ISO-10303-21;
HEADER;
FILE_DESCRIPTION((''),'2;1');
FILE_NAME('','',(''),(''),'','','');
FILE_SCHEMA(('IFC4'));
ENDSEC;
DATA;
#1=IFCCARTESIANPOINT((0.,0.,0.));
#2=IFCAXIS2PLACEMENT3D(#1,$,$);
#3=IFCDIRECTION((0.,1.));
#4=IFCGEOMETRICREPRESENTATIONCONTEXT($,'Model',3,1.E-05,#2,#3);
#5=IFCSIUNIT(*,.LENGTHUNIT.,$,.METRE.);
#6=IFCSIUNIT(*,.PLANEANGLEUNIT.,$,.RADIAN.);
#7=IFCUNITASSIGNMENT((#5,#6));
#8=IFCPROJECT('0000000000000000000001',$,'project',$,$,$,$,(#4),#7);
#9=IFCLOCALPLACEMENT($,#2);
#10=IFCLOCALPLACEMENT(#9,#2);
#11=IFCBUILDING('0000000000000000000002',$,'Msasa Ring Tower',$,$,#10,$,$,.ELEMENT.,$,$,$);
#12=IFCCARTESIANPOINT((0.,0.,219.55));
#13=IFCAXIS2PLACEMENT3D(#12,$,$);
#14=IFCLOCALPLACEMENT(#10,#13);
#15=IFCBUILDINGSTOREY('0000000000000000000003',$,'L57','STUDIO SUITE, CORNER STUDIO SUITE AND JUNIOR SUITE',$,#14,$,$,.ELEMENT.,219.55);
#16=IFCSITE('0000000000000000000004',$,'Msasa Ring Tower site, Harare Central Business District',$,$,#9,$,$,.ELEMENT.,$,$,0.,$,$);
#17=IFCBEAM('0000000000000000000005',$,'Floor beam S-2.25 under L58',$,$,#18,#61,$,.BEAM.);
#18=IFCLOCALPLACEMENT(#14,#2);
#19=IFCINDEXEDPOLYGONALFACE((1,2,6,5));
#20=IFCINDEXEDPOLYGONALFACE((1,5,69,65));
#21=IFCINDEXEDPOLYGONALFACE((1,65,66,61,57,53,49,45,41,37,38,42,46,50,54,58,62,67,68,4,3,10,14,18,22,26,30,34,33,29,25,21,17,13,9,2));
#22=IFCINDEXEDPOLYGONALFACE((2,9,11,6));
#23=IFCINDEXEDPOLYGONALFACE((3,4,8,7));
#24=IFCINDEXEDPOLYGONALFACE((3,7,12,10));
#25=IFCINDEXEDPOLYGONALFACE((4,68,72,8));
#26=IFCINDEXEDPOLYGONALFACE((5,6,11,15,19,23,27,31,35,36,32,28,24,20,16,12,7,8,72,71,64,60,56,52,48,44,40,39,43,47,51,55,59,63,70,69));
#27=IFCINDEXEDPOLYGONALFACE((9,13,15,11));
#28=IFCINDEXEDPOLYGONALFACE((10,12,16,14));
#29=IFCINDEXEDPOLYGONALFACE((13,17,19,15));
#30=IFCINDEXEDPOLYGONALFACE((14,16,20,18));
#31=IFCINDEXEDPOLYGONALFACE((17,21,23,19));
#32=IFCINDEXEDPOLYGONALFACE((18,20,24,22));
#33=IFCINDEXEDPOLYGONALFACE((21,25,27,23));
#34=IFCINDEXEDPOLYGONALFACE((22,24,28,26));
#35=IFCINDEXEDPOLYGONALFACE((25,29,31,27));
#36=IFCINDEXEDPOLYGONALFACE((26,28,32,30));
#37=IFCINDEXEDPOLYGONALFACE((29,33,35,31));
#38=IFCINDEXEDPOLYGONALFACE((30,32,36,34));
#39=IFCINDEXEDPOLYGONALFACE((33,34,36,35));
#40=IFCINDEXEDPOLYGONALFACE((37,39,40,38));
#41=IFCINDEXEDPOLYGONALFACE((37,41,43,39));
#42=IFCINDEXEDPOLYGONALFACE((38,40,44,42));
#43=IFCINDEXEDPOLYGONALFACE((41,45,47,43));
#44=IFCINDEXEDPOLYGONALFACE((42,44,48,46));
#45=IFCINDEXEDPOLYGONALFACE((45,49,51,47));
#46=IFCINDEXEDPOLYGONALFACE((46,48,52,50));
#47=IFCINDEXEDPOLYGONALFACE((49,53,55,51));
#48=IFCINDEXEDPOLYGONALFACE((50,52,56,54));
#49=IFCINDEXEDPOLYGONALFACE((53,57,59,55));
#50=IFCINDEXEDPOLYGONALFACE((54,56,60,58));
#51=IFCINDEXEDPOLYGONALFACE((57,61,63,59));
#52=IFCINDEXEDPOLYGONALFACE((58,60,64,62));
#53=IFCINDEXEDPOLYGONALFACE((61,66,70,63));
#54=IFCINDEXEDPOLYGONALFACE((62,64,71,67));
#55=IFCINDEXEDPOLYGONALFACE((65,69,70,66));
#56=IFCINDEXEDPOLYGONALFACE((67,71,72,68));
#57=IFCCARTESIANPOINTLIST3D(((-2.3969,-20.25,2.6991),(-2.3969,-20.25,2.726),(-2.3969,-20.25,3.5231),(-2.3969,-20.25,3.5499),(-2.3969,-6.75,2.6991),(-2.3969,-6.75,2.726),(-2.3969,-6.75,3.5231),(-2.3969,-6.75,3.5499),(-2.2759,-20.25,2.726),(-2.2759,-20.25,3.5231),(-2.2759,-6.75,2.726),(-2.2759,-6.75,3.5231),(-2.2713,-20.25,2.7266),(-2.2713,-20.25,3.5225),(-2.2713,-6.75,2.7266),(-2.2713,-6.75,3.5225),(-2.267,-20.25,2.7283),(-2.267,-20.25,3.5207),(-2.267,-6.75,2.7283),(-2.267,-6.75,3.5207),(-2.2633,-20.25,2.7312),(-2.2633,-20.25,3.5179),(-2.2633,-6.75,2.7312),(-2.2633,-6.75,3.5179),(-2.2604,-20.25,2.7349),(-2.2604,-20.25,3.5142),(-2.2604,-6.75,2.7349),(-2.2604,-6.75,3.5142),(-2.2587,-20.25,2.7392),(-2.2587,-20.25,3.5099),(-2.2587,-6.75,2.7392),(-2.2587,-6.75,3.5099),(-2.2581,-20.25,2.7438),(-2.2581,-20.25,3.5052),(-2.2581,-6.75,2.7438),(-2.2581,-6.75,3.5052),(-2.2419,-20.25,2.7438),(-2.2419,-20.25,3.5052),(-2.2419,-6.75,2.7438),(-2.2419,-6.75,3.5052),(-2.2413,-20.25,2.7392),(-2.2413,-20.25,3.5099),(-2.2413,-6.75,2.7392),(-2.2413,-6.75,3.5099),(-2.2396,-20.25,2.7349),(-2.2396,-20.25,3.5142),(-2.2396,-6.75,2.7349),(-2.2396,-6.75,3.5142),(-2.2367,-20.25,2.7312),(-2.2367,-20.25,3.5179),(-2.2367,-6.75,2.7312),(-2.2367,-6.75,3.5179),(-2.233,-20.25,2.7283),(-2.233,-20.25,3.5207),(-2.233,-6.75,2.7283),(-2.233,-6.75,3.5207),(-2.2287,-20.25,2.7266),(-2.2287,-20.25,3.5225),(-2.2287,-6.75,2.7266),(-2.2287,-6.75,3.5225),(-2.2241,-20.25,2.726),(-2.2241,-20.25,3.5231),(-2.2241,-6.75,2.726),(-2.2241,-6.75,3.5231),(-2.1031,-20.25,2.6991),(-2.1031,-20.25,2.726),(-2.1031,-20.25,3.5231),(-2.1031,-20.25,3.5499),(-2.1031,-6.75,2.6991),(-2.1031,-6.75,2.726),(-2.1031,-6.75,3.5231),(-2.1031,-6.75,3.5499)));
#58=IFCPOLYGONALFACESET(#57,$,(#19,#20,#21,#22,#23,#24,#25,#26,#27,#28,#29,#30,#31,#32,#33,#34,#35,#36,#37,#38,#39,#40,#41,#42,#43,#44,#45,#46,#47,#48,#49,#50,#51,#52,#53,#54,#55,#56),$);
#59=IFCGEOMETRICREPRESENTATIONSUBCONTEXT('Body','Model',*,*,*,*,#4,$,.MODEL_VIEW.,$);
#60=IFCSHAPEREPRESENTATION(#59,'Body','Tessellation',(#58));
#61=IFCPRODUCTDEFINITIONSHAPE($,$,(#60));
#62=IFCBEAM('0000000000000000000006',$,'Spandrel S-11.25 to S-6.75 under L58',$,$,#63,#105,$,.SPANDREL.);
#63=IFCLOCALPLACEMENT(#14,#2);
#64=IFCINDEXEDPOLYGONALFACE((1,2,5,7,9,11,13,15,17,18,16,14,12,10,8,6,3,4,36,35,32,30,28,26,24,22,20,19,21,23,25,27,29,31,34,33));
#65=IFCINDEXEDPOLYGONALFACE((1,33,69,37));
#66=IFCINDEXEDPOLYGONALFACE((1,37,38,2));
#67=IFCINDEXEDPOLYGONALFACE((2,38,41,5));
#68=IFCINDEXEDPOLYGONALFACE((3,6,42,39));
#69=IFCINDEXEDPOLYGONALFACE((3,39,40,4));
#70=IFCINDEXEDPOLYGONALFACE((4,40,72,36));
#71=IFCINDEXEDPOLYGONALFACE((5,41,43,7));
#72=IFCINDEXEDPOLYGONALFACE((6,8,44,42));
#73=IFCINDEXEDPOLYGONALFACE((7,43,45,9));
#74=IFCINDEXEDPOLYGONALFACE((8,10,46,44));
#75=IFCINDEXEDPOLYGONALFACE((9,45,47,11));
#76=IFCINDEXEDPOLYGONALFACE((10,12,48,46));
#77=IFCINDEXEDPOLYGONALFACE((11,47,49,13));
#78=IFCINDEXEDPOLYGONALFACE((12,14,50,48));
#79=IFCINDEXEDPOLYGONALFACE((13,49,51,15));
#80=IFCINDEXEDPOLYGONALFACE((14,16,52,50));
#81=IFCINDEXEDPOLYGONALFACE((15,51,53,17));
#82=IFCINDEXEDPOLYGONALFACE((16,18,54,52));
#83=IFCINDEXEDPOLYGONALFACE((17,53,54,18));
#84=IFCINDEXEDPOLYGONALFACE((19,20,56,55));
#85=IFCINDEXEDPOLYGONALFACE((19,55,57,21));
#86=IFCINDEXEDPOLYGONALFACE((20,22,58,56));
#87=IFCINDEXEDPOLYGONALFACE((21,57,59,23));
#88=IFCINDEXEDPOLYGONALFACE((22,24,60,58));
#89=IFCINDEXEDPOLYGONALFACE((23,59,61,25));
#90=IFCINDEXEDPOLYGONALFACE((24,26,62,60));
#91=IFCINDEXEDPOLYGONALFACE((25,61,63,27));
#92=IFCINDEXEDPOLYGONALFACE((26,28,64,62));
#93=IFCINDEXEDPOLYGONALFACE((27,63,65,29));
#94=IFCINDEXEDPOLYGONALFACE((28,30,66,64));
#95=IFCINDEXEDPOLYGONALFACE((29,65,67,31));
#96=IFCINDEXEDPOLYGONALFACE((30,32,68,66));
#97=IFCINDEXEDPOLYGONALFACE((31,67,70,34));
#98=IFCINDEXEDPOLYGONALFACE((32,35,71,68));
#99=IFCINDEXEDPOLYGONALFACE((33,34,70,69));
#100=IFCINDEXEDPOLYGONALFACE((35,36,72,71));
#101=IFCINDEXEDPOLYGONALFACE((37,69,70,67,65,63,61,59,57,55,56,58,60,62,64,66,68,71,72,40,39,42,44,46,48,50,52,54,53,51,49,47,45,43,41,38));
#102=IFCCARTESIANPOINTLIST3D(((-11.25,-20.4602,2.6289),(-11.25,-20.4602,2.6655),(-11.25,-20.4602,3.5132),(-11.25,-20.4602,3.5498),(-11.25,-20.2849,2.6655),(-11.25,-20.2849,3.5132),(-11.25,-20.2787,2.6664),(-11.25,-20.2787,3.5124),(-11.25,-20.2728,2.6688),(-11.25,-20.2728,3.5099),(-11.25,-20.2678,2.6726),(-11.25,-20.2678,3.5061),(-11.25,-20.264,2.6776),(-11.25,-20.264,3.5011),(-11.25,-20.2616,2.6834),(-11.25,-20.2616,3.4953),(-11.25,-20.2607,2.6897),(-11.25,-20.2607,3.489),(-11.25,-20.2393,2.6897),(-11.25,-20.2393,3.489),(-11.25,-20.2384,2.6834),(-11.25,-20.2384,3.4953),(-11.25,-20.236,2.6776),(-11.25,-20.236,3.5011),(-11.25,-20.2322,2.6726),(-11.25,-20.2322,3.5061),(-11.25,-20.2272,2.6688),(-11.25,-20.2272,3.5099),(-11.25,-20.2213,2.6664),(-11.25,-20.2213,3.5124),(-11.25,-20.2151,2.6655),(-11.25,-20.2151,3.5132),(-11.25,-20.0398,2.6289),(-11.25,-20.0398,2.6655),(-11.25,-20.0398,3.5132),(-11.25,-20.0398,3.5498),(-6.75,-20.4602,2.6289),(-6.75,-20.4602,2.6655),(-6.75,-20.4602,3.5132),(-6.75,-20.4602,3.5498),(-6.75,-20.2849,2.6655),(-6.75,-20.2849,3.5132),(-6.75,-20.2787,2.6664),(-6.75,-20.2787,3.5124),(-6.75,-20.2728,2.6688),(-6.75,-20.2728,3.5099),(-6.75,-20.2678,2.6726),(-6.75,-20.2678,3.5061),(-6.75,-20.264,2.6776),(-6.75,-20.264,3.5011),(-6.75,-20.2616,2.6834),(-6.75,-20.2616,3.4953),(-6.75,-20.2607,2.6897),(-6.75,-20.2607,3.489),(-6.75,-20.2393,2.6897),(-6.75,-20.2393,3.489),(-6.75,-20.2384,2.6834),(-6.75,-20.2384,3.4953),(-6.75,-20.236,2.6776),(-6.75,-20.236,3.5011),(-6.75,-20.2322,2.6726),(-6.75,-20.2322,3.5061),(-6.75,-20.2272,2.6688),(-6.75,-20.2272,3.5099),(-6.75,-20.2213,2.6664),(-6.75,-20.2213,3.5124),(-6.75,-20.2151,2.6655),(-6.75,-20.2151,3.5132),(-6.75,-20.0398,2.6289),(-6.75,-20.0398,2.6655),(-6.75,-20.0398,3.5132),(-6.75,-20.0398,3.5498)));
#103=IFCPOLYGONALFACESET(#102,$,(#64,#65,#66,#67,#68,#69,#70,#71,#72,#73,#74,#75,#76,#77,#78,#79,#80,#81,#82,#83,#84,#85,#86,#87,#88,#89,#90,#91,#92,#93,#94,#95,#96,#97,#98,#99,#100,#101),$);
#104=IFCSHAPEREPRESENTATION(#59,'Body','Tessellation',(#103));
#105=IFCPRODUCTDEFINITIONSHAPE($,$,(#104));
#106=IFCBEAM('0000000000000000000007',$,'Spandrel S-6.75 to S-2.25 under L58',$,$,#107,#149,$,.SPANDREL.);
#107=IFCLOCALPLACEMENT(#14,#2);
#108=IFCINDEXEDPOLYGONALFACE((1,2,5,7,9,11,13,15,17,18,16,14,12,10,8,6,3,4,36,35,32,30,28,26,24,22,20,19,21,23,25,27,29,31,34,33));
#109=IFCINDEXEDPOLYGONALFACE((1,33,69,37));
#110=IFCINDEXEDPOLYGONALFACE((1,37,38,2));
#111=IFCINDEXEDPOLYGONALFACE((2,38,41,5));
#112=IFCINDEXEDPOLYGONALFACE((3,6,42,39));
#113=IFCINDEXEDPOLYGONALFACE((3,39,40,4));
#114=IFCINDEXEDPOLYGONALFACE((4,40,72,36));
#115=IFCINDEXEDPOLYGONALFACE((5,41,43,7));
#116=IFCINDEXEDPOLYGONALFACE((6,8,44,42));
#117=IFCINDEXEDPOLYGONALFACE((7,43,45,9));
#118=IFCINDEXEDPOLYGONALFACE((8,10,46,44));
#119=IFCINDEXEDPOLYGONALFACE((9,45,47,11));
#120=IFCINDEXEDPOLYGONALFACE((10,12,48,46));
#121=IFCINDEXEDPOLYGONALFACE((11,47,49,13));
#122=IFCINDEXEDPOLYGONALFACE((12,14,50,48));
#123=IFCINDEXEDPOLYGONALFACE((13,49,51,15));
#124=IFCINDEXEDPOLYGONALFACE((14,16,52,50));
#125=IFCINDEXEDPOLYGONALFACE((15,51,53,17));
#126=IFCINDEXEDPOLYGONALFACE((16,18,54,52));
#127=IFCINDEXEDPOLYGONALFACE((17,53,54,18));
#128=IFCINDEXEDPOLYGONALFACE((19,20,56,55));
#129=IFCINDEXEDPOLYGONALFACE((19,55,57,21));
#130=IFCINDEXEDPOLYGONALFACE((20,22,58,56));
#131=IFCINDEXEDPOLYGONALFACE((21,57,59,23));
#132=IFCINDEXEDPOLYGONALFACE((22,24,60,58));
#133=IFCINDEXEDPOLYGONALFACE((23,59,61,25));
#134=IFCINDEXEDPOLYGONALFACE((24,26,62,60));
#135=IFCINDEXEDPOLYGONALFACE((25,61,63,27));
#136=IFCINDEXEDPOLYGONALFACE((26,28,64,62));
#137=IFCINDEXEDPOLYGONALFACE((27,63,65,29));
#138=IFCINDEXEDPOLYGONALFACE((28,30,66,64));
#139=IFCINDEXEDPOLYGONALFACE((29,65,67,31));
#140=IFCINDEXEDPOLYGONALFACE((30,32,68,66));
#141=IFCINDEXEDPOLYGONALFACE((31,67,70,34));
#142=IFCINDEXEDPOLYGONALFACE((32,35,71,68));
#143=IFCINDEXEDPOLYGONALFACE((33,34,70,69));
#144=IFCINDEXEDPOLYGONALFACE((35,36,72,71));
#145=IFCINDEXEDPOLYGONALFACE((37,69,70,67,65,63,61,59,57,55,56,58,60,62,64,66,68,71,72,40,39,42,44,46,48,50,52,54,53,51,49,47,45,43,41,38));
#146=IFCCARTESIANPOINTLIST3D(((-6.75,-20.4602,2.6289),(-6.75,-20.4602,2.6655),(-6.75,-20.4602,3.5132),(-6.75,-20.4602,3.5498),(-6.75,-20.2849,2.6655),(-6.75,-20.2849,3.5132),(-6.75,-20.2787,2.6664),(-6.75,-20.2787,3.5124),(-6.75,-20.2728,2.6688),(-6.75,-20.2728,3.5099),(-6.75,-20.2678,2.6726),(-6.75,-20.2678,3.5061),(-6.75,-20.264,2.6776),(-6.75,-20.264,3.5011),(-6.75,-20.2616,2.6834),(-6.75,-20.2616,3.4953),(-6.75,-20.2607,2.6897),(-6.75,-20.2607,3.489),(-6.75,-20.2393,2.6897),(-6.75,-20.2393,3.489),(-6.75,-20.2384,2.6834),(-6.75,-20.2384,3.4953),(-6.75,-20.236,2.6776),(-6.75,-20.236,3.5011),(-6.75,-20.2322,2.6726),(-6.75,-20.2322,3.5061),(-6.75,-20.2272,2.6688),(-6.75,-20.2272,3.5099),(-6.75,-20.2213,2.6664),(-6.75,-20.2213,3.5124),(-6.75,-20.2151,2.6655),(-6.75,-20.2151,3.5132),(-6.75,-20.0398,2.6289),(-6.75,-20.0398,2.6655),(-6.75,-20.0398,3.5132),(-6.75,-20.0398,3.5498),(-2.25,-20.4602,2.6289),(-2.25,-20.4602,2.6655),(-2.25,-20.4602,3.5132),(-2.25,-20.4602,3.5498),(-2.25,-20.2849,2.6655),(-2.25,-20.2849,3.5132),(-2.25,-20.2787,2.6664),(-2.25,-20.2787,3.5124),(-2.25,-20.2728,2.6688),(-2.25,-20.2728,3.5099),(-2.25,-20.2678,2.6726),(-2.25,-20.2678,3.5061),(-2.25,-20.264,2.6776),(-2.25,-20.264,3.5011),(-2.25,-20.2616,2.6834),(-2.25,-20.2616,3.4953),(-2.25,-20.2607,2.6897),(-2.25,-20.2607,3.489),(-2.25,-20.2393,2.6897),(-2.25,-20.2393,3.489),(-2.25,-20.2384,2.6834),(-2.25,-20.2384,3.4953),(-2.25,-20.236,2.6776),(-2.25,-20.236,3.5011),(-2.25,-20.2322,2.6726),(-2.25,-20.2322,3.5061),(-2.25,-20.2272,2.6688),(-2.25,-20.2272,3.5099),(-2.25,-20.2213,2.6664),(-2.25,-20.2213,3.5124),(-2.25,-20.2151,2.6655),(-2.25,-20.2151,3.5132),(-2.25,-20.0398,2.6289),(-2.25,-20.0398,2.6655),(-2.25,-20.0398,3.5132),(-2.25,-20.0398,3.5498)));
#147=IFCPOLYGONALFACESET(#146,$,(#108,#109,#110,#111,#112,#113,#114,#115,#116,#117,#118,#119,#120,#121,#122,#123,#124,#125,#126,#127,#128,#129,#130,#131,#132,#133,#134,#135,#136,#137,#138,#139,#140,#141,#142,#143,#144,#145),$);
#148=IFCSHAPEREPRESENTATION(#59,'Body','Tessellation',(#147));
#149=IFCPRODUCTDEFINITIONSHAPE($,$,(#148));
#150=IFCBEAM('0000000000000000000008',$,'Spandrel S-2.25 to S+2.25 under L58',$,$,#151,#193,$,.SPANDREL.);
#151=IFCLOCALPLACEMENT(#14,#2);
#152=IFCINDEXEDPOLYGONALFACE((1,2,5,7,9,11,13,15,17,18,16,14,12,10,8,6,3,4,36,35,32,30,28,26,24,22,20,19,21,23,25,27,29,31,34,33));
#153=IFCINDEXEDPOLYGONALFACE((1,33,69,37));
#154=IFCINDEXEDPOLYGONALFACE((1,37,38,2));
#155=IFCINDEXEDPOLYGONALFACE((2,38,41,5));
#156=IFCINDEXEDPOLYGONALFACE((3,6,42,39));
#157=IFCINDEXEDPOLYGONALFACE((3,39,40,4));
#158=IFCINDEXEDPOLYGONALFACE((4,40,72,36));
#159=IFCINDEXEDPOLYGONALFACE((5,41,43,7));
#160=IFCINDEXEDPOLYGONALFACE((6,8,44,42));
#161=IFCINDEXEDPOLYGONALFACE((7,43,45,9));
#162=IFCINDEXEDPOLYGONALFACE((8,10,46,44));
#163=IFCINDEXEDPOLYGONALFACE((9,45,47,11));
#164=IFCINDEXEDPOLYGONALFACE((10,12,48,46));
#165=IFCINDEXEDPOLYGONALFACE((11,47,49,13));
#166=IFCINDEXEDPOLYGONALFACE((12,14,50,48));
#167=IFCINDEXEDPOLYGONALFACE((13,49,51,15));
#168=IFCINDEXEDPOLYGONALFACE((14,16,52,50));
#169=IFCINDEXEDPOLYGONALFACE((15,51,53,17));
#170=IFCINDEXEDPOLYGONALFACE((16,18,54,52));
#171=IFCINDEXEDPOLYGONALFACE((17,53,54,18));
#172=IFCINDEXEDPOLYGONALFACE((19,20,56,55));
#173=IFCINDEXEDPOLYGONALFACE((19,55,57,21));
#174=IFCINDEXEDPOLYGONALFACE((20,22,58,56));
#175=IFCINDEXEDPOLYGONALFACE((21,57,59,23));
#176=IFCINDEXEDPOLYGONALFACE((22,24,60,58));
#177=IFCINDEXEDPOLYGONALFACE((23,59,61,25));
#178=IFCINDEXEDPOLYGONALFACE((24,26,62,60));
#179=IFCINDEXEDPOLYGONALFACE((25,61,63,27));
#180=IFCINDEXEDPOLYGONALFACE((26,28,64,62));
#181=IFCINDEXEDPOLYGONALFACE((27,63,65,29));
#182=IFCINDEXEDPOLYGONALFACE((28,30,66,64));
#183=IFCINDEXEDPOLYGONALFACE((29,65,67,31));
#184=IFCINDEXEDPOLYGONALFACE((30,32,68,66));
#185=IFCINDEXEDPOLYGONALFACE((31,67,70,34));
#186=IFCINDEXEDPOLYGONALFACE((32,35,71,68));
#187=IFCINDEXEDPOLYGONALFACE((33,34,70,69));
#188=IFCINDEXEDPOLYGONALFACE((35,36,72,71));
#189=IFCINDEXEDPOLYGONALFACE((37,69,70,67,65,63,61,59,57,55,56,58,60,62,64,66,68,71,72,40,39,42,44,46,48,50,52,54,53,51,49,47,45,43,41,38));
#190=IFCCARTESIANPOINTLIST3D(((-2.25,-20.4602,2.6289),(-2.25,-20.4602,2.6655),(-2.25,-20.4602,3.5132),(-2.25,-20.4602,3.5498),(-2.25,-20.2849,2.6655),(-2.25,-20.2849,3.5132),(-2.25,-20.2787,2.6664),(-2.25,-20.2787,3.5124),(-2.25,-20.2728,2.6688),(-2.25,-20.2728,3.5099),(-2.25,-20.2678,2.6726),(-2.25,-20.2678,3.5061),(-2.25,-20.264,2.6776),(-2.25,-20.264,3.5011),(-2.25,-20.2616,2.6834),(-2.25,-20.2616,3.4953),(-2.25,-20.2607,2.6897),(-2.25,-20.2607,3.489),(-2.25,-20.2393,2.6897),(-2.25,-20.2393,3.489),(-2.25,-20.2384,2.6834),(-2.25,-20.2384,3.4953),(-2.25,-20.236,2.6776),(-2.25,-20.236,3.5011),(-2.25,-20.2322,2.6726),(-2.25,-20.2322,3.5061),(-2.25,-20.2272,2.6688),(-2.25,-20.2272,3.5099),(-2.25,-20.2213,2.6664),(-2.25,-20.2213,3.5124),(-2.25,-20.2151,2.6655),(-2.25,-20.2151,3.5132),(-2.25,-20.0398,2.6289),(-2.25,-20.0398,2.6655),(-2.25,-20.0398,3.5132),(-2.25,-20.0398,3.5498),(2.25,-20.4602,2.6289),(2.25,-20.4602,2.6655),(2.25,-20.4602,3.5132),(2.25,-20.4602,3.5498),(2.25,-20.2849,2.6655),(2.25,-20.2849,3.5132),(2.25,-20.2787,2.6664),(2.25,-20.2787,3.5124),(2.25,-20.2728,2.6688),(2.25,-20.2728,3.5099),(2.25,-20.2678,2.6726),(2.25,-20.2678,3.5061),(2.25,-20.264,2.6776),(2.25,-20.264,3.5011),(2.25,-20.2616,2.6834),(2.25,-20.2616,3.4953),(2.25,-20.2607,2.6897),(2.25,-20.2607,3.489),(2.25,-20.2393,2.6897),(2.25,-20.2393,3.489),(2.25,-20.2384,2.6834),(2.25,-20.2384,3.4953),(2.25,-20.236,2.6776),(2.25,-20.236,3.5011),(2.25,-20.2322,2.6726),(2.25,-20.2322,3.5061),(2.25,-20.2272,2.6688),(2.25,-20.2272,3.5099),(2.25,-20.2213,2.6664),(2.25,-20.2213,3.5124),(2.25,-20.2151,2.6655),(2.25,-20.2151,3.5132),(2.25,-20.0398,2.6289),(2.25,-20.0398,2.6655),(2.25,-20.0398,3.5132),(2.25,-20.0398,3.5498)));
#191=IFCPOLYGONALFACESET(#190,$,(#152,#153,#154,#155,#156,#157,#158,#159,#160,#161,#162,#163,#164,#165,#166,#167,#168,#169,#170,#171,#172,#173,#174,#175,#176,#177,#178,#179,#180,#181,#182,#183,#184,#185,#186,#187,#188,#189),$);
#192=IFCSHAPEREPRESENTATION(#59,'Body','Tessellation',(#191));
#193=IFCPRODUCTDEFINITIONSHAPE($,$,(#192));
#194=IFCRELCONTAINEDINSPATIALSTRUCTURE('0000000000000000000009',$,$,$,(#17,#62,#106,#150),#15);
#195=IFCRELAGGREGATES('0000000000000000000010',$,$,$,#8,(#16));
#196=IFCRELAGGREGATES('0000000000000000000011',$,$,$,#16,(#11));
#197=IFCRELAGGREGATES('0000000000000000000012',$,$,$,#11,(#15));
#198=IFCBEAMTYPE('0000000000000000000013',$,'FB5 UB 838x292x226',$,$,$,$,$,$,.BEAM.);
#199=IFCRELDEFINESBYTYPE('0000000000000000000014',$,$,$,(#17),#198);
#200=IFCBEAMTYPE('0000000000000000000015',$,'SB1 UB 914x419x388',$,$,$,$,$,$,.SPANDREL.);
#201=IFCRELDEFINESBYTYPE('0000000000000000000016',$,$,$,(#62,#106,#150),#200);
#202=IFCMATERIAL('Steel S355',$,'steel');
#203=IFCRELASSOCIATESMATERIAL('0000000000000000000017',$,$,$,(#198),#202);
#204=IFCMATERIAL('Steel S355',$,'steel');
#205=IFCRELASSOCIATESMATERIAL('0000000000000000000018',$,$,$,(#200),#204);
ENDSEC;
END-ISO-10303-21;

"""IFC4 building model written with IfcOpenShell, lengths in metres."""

from ifc_helpers import new_model, si_unit, direction, frame, origin, origin_2d, place, context, subcontext, project, spatial, i_section, extrude, material, material_profile, profile_set, type_object, element, save


model = new_model("IFC4")

# Units and contexts
model_context = context("Model", 3, precision=1e-05, world=origin(), true_north=direction((0.0, 1.0)))
body_context = subcontext(model_context, "Body", "Model", "MODEL_VIEW")
ifc_project = project(units=[si_unit("LENGTHUNIT", "METRE"), si_unit("PLANEANGLEUNIT", "RADIAN")], contexts=[model_context])

# Site, building, storey
site_placement = place(None, origin())
site = spatial("IfcSite", under=ifc_project, at=site_placement, Name="Msasa Ring Tower site, Harare Central Business District", CompositionType="ELEMENT", RefElevation=0.0)
building_placement = place(site_placement, origin())
building = spatial("IfcBuilding", under=site, at=building_placement, Name="Msasa Ring Tower", CompositionType="ELEMENT")
storey_placement = place(building_placement, frame((0.0, 0.0, 219.55)))
storey = spatial("IfcBuildingStorey", under=building, at=storey_placement, Name="L57", Description="STUDIO SUITE, CORNER STUDIO SUITE AND JUNIOR SUITE", CompositionType="ELEMENT", Elevation=219.55)

# Beams
ifc_material_1 = material(Name="Steel S355", Category="steel")
ifc_material_profile_1 = material_profile(ifc_material_1, i_section(OverallWidth=0.2937, OverallDepth=0.8508, WebThickness=0.0161, FlangeThickness=0.0269, FilletRadius=0.0178, at=origin_2d()), Name="UB 838x292x226")
ifc_profile_set_1 = profile_set([ifc_material_profile_1], Name="Steel S355")
beam_type_1 = type_object("IfcBeamType", Name="FB5 UB 838x292x226", PredefinedType="BEAM", material=ifc_profile_set_1)
for number, where, z_axis, x_axis, name in (
    (1, (-2.25, -20.25, 3.1245), (0.0, 1.0, 0.0), (-1.0, 0.0, 0.0), "Floor beam S-2.25 under L58"),
):
    element("IfcBeam", number, at=place(storey_placement, frame(where, z_axis=z_axis, x_axis=x_axis)), inside=storey, type_object=beam_type_1, Name=name, PredefinedType="BEAM", context=body_context, shape_type="SweptSolid", body=[
        extrude(i_section(OverallWidth=0.2937, OverallDepth=0.8508, WebThickness=0.0161, FlangeThickness=0.0269, FilletRadius=0.0178, at=origin_2d()), origin(), (0.0, 0.0, 1.0), 13.5),
    ])
ifc_material_2 = material(Name="Steel S355", Category="steel")
ifc_material_profile_2 = material_profile(ifc_material_2, i_section(OverallWidth=0.4204, OverallDepth=0.9209, WebThickness=0.0215, FlangeThickness=0.0366, FilletRadius=0.0242, at=origin_2d()), Name="UB 914x419x388")
ifc_profile_set_2 = profile_set([ifc_material_profile_2], Name="Steel S355")
beam_type_2 = type_object("IfcBeamType", Name="SB1 UB 914x419x388", PredefinedType="SPANDREL", material=ifc_profile_set_2)
for number, where, z_axis, x_axis, name in (
    (2, (-11.25, -20.25, 3.0894), (1.0, 0.0, 0.0), (0.0, 1.0, 0.0), "Spandrel S-11.25 to S-6.75 under L58"),
    (3, (-6.75, -20.25, 3.0894), (1.0, 0.0, 0.0), (0.0, 1.0, 0.0), "Spandrel S-6.75 to S-2.25 under L58"),
    (4, (-2.25, -20.25, 3.0894), (1.0, 0.0, 0.0), (0.0, 1.0, 0.0), "Spandrel S-2.25 to S+2.25 under L58"),
):
    element("IfcBeam", number, at=place(storey_placement, frame(where, z_axis=z_axis, x_axis=x_axis)), inside=storey, type_object=beam_type_2, Name=name, PredefinedType="SPANDREL", context=body_context, shape_type="SweptSolid", body=[
        extrude(i_section(OverallWidth=0.4204, OverallDepth=0.9209, WebThickness=0.0215, FlangeThickness=0.0366, FilletRadius=0.0242, at=origin_2d()), origin(), (0.0, 0.0, 1.0), 4.5),
    ])

save(model, "model.ifc")
